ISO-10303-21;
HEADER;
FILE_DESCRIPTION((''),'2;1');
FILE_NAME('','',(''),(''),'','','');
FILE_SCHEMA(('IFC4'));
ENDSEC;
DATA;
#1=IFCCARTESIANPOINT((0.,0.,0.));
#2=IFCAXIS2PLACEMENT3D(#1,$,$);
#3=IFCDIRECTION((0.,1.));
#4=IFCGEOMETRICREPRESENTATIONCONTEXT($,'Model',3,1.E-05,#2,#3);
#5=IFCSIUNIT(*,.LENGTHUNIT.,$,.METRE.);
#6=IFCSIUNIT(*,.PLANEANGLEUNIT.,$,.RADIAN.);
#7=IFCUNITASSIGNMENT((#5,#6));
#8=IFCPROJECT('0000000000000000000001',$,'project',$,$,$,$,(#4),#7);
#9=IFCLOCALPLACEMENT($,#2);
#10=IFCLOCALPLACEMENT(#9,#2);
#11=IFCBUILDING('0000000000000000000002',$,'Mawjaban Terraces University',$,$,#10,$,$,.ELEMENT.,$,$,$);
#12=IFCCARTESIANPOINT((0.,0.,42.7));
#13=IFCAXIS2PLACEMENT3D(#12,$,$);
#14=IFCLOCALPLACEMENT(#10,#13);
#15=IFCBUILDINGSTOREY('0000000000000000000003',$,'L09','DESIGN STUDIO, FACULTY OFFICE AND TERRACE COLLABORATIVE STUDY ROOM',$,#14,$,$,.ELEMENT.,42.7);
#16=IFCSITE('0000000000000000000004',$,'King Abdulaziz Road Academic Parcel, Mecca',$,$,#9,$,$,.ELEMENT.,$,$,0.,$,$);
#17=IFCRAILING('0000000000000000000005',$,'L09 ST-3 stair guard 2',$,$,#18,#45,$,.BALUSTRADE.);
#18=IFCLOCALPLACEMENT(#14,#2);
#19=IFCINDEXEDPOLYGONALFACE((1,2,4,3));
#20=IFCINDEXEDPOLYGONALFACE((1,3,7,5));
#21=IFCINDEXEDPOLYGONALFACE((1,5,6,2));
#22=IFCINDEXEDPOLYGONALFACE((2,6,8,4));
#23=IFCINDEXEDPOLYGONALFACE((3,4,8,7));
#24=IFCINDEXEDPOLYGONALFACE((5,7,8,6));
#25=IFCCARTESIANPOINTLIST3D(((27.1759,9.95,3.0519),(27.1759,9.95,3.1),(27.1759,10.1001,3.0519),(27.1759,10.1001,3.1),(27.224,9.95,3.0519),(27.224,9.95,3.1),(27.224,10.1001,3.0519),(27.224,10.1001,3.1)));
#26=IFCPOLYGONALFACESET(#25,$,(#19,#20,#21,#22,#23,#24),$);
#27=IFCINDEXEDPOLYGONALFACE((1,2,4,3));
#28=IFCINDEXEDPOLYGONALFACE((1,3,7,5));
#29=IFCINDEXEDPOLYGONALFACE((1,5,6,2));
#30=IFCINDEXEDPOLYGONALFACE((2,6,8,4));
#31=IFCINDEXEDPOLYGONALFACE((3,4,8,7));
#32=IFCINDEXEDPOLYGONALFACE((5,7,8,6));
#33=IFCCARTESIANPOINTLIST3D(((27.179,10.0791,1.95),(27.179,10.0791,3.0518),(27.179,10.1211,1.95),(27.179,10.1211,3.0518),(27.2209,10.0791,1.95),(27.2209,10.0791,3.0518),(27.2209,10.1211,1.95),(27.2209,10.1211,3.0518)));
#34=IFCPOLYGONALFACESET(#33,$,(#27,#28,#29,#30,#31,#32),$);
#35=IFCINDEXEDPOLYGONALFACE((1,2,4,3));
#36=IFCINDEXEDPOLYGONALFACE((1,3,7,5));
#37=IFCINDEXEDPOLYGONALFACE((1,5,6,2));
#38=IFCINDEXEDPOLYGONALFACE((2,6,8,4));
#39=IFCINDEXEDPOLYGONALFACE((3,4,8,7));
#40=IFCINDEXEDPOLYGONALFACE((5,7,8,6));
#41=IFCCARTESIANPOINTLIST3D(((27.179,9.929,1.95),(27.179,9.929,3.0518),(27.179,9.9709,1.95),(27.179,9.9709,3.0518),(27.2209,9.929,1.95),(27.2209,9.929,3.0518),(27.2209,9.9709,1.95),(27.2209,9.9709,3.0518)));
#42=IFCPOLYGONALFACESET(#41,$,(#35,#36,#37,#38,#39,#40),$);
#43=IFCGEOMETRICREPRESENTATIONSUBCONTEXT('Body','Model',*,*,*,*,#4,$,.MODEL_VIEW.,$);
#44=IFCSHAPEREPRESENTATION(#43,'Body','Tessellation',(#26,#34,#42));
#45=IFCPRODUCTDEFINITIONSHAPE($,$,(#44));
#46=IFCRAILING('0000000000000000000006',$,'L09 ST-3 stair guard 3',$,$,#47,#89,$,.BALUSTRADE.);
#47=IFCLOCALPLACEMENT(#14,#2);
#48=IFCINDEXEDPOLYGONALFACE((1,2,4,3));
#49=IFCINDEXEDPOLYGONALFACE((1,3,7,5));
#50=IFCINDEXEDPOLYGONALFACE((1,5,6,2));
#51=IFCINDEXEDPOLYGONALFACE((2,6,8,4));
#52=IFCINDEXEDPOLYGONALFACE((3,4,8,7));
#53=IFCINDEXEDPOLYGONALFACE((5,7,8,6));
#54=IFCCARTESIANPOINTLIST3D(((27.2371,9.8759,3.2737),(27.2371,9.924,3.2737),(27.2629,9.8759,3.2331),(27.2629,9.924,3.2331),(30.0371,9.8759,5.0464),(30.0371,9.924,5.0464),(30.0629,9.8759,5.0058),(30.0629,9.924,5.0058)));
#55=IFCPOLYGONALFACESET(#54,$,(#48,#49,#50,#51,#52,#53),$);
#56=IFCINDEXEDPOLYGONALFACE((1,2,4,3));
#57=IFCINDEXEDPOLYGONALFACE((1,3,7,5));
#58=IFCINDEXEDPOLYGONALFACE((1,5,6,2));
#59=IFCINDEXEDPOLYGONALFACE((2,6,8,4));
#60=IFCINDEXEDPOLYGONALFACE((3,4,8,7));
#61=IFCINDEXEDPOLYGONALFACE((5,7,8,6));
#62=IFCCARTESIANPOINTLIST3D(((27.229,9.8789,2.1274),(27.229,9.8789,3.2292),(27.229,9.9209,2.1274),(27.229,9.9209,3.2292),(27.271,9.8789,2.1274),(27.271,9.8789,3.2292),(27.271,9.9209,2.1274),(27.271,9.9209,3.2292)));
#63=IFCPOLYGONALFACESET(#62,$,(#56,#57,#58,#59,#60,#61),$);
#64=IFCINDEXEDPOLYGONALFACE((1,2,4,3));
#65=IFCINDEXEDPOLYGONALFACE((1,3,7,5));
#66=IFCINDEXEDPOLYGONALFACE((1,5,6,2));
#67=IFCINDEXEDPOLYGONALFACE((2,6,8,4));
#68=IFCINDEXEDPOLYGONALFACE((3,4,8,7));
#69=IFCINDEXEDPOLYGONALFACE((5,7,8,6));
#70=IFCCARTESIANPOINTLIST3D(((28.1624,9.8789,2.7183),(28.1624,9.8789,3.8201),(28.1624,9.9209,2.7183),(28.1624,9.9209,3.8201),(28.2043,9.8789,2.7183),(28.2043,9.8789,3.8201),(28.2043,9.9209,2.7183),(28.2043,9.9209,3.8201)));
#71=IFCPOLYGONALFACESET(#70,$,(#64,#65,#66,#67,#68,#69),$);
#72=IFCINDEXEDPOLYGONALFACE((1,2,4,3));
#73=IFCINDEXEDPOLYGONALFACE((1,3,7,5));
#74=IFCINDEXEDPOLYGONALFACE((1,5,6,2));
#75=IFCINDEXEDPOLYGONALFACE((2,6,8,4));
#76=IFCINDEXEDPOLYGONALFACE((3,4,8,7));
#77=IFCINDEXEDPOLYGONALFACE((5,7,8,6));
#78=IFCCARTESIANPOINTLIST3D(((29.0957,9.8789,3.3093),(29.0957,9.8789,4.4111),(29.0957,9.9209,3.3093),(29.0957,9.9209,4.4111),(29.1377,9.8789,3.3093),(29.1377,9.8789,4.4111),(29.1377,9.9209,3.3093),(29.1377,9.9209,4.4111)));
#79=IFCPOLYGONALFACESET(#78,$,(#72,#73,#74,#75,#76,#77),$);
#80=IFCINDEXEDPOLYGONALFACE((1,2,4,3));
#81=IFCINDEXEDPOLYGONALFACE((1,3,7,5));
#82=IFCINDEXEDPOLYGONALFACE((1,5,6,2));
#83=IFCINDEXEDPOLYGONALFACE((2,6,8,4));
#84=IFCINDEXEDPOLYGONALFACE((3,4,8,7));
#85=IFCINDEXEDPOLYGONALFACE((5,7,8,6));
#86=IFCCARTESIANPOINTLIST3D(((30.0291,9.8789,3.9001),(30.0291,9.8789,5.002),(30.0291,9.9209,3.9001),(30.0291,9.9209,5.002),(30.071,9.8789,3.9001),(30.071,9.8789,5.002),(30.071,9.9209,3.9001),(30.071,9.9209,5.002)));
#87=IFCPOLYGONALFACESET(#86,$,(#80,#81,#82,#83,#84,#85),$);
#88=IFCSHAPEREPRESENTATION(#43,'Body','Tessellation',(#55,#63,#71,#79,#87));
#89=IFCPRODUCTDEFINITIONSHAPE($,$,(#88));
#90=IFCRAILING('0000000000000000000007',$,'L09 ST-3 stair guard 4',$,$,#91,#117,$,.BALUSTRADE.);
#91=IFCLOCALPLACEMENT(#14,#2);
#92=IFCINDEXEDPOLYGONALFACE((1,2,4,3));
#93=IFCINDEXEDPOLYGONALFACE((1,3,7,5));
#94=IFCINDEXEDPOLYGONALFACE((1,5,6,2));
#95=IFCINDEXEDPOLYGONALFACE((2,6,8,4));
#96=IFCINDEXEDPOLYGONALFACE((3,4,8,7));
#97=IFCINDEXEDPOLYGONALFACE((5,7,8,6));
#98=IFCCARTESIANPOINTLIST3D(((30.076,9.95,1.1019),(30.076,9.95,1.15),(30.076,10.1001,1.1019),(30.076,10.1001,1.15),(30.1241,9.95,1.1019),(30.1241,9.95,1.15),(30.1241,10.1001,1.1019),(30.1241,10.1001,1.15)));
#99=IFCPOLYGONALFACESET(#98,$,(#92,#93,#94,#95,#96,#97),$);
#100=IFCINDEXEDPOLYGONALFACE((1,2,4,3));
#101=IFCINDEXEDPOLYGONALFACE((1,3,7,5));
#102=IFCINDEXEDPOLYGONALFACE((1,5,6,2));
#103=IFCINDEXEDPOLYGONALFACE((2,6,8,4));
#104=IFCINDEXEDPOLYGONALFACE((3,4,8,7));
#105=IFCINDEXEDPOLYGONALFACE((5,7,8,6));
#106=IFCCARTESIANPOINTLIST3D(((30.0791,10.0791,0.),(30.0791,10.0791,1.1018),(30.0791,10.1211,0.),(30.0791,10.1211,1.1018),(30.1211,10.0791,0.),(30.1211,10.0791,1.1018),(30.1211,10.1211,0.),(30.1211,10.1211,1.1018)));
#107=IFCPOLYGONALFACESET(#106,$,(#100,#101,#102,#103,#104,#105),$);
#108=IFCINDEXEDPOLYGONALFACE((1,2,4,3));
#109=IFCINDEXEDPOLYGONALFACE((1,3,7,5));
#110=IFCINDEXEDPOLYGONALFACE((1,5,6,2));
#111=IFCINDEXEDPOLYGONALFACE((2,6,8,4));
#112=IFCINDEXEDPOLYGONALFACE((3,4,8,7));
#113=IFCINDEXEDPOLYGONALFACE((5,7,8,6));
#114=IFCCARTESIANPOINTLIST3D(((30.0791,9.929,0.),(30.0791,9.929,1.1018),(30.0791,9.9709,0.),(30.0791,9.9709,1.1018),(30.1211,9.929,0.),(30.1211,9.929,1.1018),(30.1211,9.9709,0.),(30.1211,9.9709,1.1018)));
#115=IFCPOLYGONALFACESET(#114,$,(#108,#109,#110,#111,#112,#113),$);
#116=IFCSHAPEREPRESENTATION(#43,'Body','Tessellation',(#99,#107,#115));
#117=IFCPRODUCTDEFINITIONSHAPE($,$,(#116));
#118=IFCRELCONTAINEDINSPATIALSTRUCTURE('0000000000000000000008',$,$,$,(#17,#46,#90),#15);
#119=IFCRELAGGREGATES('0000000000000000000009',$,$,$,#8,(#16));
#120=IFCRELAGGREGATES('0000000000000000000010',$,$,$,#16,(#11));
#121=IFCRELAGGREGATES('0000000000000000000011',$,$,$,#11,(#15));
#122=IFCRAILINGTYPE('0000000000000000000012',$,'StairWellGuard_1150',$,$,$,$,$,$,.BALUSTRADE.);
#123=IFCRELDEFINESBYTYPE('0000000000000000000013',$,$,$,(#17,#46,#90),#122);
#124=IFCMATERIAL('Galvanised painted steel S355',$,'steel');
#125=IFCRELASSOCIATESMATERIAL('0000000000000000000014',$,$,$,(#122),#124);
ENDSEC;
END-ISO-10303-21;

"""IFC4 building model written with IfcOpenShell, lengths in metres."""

from ifc_helpers import new_model, si_unit, direction, frame, origin, origin_2d, place, context, subcontext, project, spatial, rectangle, extrude, material, type_object, element, save


model = new_model("IFC4")

# Units and contexts
model_context = context("Model", 3, precision=1e-05, world=origin(), true_north=direction((0.0, 1.0)))
body_context = subcontext(model_context, "Body", "Model", "MODEL_VIEW")
ifc_project = project(units=[si_unit("LENGTHUNIT", "METRE"), si_unit("PLANEANGLEUNIT", "RADIAN")], contexts=[model_context])

# Site, building, storey
site_placement = place(None, origin())
site = spatial("IfcSite", under=ifc_project, at=site_placement, Name="King Abdulaziz Road Academic Parcel, Mecca", CompositionType="ELEMENT", RefElevation=0.0)
building_placement = place(site_placement, origin())
building = spatial("IfcBuilding", under=site, at=building_placement, Name="Mawjaban Terraces University", CompositionType="ELEMENT")
storey_placement = place(building_placement, frame((0.0, 0.0, 42.7)))
storey = spatial("IfcBuildingStorey", under=building, at=storey_placement, Name="L09", Description="DESIGN STUDIO, FACULTY OFFICE AND TERRACE COLLABORATIVE STUDY ROOM", CompositionType="ELEMENT", Elevation=42.7)

# Railings
ifc_material_1 = material(Name="Galvanised painted steel S355", Category="steel")
railing_type_1 = type_object("IfcRailingType", Name="StairWellGuard_1150", PredefinedType="BALUSTRADE", material=ifc_material_1)
railing_1_placement = place(storey_placement, frame((27.2, 10.1001, 1.95)))
element("IfcRailing", 1, at=railing_1_placement, inside=storey, type_object=railing_type_1, Name="L09 ST-3 stair guard 2", PredefinedType="BALUSTRADE", context=body_context, shape_type="SweptSolid", body=[
    extrude(rectangle(XDim=0.0481, YDim=0.0481, at=origin_2d()), frame((0.0, 0.0, 1.126), z_axis=(0.0, -1.0, 0.0), x_axis=(1.0, 0.0, 0.0)), (0.0, 0.0, 1.0), 0.1501),
    extrude(rectangle(XDim=0.042, YDim=0.042, at=origin_2d()), origin(), (0.0, 0.0, 1.0), 1.1018),
    extrude(rectangle(XDim=0.042, YDim=0.042, at=origin_2d()), frame((0.0, -0.1501, 0.0)), (0.0, 0.0, 1.0), 1.1018),
])
railing_2_placement = place(storey_placement, frame((27.25, 9.8999, 2.1274)))
element("IfcRailing", 2, at=railing_2_placement, inside=storey, type_object=railing_type_1, Name="L09 ST-3 stair guard 3", PredefinedType="BALUSTRADE", context=body_context, shape_type="SweptSolid", body=[
    extrude(rectangle(XDim=0.0481, YDim=0.0481, at=origin_2d()), frame((0.0, 0.0, 1.126), z_axis=(0.844909, 0.0, 0.53491), x_axis=(0.0, 1.0, 0.0)), (0.0, 0.0, 1.0), 3.314),
    extrude(rectangle(XDim=0.042, YDim=0.042, at=origin_2d()), origin(), (0.0, 0.0, 1.0), 1.1018),
    extrude(rectangle(XDim=0.042, YDim=0.042, at=origin_2d()), frame((0.9333, 0.0, 0.5908)), (0.0, 0.0, 1.0), 1.1018),
    extrude(rectangle(XDim=0.042, YDim=0.042, at=origin_2d()), frame((1.8667, 0.0, 1.1819)), (0.0, 0.0, 1.0), 1.1018),
    extrude(rectangle(XDim=0.042, YDim=0.042, at=origin_2d()), frame((2.8, 0.0, 1.7727)), (0.0, 0.0, 1.0), 1.1018),
])
railing_3_placement = place(storey_placement, frame((30.1001, 10.1001, 0.0)))
element("IfcRailing", 3, at=railing_3_placement, inside=storey, type_object=railing_type_1, Name="L09 ST-3 stair guard 4", PredefinedType="BALUSTRADE", context=body_context, shape_type="SweptSolid", body=[
    extrude(rectangle(XDim=0.0481, YDim=0.0481, at=origin_2d()), frame((0.0, 0.0, 1.126), z_axis=(0.0, -1.0, 0.0), x_axis=(1.0, 0.0, 0.0)), (0.0, 0.0, 1.0), 0.1501),
    extrude(rectangle(XDim=0.042, YDim=0.042, at=origin_2d()), origin(), (0.0, 0.0, 1.0), 1.1018),
    extrude(rectangle(XDim=0.042, YDim=0.042, at=origin_2d()), frame((0.0, -0.1501, 0.0)), (0.0, 0.0, 1.0), 1.1018),
])

save(model, "model.ifc")
